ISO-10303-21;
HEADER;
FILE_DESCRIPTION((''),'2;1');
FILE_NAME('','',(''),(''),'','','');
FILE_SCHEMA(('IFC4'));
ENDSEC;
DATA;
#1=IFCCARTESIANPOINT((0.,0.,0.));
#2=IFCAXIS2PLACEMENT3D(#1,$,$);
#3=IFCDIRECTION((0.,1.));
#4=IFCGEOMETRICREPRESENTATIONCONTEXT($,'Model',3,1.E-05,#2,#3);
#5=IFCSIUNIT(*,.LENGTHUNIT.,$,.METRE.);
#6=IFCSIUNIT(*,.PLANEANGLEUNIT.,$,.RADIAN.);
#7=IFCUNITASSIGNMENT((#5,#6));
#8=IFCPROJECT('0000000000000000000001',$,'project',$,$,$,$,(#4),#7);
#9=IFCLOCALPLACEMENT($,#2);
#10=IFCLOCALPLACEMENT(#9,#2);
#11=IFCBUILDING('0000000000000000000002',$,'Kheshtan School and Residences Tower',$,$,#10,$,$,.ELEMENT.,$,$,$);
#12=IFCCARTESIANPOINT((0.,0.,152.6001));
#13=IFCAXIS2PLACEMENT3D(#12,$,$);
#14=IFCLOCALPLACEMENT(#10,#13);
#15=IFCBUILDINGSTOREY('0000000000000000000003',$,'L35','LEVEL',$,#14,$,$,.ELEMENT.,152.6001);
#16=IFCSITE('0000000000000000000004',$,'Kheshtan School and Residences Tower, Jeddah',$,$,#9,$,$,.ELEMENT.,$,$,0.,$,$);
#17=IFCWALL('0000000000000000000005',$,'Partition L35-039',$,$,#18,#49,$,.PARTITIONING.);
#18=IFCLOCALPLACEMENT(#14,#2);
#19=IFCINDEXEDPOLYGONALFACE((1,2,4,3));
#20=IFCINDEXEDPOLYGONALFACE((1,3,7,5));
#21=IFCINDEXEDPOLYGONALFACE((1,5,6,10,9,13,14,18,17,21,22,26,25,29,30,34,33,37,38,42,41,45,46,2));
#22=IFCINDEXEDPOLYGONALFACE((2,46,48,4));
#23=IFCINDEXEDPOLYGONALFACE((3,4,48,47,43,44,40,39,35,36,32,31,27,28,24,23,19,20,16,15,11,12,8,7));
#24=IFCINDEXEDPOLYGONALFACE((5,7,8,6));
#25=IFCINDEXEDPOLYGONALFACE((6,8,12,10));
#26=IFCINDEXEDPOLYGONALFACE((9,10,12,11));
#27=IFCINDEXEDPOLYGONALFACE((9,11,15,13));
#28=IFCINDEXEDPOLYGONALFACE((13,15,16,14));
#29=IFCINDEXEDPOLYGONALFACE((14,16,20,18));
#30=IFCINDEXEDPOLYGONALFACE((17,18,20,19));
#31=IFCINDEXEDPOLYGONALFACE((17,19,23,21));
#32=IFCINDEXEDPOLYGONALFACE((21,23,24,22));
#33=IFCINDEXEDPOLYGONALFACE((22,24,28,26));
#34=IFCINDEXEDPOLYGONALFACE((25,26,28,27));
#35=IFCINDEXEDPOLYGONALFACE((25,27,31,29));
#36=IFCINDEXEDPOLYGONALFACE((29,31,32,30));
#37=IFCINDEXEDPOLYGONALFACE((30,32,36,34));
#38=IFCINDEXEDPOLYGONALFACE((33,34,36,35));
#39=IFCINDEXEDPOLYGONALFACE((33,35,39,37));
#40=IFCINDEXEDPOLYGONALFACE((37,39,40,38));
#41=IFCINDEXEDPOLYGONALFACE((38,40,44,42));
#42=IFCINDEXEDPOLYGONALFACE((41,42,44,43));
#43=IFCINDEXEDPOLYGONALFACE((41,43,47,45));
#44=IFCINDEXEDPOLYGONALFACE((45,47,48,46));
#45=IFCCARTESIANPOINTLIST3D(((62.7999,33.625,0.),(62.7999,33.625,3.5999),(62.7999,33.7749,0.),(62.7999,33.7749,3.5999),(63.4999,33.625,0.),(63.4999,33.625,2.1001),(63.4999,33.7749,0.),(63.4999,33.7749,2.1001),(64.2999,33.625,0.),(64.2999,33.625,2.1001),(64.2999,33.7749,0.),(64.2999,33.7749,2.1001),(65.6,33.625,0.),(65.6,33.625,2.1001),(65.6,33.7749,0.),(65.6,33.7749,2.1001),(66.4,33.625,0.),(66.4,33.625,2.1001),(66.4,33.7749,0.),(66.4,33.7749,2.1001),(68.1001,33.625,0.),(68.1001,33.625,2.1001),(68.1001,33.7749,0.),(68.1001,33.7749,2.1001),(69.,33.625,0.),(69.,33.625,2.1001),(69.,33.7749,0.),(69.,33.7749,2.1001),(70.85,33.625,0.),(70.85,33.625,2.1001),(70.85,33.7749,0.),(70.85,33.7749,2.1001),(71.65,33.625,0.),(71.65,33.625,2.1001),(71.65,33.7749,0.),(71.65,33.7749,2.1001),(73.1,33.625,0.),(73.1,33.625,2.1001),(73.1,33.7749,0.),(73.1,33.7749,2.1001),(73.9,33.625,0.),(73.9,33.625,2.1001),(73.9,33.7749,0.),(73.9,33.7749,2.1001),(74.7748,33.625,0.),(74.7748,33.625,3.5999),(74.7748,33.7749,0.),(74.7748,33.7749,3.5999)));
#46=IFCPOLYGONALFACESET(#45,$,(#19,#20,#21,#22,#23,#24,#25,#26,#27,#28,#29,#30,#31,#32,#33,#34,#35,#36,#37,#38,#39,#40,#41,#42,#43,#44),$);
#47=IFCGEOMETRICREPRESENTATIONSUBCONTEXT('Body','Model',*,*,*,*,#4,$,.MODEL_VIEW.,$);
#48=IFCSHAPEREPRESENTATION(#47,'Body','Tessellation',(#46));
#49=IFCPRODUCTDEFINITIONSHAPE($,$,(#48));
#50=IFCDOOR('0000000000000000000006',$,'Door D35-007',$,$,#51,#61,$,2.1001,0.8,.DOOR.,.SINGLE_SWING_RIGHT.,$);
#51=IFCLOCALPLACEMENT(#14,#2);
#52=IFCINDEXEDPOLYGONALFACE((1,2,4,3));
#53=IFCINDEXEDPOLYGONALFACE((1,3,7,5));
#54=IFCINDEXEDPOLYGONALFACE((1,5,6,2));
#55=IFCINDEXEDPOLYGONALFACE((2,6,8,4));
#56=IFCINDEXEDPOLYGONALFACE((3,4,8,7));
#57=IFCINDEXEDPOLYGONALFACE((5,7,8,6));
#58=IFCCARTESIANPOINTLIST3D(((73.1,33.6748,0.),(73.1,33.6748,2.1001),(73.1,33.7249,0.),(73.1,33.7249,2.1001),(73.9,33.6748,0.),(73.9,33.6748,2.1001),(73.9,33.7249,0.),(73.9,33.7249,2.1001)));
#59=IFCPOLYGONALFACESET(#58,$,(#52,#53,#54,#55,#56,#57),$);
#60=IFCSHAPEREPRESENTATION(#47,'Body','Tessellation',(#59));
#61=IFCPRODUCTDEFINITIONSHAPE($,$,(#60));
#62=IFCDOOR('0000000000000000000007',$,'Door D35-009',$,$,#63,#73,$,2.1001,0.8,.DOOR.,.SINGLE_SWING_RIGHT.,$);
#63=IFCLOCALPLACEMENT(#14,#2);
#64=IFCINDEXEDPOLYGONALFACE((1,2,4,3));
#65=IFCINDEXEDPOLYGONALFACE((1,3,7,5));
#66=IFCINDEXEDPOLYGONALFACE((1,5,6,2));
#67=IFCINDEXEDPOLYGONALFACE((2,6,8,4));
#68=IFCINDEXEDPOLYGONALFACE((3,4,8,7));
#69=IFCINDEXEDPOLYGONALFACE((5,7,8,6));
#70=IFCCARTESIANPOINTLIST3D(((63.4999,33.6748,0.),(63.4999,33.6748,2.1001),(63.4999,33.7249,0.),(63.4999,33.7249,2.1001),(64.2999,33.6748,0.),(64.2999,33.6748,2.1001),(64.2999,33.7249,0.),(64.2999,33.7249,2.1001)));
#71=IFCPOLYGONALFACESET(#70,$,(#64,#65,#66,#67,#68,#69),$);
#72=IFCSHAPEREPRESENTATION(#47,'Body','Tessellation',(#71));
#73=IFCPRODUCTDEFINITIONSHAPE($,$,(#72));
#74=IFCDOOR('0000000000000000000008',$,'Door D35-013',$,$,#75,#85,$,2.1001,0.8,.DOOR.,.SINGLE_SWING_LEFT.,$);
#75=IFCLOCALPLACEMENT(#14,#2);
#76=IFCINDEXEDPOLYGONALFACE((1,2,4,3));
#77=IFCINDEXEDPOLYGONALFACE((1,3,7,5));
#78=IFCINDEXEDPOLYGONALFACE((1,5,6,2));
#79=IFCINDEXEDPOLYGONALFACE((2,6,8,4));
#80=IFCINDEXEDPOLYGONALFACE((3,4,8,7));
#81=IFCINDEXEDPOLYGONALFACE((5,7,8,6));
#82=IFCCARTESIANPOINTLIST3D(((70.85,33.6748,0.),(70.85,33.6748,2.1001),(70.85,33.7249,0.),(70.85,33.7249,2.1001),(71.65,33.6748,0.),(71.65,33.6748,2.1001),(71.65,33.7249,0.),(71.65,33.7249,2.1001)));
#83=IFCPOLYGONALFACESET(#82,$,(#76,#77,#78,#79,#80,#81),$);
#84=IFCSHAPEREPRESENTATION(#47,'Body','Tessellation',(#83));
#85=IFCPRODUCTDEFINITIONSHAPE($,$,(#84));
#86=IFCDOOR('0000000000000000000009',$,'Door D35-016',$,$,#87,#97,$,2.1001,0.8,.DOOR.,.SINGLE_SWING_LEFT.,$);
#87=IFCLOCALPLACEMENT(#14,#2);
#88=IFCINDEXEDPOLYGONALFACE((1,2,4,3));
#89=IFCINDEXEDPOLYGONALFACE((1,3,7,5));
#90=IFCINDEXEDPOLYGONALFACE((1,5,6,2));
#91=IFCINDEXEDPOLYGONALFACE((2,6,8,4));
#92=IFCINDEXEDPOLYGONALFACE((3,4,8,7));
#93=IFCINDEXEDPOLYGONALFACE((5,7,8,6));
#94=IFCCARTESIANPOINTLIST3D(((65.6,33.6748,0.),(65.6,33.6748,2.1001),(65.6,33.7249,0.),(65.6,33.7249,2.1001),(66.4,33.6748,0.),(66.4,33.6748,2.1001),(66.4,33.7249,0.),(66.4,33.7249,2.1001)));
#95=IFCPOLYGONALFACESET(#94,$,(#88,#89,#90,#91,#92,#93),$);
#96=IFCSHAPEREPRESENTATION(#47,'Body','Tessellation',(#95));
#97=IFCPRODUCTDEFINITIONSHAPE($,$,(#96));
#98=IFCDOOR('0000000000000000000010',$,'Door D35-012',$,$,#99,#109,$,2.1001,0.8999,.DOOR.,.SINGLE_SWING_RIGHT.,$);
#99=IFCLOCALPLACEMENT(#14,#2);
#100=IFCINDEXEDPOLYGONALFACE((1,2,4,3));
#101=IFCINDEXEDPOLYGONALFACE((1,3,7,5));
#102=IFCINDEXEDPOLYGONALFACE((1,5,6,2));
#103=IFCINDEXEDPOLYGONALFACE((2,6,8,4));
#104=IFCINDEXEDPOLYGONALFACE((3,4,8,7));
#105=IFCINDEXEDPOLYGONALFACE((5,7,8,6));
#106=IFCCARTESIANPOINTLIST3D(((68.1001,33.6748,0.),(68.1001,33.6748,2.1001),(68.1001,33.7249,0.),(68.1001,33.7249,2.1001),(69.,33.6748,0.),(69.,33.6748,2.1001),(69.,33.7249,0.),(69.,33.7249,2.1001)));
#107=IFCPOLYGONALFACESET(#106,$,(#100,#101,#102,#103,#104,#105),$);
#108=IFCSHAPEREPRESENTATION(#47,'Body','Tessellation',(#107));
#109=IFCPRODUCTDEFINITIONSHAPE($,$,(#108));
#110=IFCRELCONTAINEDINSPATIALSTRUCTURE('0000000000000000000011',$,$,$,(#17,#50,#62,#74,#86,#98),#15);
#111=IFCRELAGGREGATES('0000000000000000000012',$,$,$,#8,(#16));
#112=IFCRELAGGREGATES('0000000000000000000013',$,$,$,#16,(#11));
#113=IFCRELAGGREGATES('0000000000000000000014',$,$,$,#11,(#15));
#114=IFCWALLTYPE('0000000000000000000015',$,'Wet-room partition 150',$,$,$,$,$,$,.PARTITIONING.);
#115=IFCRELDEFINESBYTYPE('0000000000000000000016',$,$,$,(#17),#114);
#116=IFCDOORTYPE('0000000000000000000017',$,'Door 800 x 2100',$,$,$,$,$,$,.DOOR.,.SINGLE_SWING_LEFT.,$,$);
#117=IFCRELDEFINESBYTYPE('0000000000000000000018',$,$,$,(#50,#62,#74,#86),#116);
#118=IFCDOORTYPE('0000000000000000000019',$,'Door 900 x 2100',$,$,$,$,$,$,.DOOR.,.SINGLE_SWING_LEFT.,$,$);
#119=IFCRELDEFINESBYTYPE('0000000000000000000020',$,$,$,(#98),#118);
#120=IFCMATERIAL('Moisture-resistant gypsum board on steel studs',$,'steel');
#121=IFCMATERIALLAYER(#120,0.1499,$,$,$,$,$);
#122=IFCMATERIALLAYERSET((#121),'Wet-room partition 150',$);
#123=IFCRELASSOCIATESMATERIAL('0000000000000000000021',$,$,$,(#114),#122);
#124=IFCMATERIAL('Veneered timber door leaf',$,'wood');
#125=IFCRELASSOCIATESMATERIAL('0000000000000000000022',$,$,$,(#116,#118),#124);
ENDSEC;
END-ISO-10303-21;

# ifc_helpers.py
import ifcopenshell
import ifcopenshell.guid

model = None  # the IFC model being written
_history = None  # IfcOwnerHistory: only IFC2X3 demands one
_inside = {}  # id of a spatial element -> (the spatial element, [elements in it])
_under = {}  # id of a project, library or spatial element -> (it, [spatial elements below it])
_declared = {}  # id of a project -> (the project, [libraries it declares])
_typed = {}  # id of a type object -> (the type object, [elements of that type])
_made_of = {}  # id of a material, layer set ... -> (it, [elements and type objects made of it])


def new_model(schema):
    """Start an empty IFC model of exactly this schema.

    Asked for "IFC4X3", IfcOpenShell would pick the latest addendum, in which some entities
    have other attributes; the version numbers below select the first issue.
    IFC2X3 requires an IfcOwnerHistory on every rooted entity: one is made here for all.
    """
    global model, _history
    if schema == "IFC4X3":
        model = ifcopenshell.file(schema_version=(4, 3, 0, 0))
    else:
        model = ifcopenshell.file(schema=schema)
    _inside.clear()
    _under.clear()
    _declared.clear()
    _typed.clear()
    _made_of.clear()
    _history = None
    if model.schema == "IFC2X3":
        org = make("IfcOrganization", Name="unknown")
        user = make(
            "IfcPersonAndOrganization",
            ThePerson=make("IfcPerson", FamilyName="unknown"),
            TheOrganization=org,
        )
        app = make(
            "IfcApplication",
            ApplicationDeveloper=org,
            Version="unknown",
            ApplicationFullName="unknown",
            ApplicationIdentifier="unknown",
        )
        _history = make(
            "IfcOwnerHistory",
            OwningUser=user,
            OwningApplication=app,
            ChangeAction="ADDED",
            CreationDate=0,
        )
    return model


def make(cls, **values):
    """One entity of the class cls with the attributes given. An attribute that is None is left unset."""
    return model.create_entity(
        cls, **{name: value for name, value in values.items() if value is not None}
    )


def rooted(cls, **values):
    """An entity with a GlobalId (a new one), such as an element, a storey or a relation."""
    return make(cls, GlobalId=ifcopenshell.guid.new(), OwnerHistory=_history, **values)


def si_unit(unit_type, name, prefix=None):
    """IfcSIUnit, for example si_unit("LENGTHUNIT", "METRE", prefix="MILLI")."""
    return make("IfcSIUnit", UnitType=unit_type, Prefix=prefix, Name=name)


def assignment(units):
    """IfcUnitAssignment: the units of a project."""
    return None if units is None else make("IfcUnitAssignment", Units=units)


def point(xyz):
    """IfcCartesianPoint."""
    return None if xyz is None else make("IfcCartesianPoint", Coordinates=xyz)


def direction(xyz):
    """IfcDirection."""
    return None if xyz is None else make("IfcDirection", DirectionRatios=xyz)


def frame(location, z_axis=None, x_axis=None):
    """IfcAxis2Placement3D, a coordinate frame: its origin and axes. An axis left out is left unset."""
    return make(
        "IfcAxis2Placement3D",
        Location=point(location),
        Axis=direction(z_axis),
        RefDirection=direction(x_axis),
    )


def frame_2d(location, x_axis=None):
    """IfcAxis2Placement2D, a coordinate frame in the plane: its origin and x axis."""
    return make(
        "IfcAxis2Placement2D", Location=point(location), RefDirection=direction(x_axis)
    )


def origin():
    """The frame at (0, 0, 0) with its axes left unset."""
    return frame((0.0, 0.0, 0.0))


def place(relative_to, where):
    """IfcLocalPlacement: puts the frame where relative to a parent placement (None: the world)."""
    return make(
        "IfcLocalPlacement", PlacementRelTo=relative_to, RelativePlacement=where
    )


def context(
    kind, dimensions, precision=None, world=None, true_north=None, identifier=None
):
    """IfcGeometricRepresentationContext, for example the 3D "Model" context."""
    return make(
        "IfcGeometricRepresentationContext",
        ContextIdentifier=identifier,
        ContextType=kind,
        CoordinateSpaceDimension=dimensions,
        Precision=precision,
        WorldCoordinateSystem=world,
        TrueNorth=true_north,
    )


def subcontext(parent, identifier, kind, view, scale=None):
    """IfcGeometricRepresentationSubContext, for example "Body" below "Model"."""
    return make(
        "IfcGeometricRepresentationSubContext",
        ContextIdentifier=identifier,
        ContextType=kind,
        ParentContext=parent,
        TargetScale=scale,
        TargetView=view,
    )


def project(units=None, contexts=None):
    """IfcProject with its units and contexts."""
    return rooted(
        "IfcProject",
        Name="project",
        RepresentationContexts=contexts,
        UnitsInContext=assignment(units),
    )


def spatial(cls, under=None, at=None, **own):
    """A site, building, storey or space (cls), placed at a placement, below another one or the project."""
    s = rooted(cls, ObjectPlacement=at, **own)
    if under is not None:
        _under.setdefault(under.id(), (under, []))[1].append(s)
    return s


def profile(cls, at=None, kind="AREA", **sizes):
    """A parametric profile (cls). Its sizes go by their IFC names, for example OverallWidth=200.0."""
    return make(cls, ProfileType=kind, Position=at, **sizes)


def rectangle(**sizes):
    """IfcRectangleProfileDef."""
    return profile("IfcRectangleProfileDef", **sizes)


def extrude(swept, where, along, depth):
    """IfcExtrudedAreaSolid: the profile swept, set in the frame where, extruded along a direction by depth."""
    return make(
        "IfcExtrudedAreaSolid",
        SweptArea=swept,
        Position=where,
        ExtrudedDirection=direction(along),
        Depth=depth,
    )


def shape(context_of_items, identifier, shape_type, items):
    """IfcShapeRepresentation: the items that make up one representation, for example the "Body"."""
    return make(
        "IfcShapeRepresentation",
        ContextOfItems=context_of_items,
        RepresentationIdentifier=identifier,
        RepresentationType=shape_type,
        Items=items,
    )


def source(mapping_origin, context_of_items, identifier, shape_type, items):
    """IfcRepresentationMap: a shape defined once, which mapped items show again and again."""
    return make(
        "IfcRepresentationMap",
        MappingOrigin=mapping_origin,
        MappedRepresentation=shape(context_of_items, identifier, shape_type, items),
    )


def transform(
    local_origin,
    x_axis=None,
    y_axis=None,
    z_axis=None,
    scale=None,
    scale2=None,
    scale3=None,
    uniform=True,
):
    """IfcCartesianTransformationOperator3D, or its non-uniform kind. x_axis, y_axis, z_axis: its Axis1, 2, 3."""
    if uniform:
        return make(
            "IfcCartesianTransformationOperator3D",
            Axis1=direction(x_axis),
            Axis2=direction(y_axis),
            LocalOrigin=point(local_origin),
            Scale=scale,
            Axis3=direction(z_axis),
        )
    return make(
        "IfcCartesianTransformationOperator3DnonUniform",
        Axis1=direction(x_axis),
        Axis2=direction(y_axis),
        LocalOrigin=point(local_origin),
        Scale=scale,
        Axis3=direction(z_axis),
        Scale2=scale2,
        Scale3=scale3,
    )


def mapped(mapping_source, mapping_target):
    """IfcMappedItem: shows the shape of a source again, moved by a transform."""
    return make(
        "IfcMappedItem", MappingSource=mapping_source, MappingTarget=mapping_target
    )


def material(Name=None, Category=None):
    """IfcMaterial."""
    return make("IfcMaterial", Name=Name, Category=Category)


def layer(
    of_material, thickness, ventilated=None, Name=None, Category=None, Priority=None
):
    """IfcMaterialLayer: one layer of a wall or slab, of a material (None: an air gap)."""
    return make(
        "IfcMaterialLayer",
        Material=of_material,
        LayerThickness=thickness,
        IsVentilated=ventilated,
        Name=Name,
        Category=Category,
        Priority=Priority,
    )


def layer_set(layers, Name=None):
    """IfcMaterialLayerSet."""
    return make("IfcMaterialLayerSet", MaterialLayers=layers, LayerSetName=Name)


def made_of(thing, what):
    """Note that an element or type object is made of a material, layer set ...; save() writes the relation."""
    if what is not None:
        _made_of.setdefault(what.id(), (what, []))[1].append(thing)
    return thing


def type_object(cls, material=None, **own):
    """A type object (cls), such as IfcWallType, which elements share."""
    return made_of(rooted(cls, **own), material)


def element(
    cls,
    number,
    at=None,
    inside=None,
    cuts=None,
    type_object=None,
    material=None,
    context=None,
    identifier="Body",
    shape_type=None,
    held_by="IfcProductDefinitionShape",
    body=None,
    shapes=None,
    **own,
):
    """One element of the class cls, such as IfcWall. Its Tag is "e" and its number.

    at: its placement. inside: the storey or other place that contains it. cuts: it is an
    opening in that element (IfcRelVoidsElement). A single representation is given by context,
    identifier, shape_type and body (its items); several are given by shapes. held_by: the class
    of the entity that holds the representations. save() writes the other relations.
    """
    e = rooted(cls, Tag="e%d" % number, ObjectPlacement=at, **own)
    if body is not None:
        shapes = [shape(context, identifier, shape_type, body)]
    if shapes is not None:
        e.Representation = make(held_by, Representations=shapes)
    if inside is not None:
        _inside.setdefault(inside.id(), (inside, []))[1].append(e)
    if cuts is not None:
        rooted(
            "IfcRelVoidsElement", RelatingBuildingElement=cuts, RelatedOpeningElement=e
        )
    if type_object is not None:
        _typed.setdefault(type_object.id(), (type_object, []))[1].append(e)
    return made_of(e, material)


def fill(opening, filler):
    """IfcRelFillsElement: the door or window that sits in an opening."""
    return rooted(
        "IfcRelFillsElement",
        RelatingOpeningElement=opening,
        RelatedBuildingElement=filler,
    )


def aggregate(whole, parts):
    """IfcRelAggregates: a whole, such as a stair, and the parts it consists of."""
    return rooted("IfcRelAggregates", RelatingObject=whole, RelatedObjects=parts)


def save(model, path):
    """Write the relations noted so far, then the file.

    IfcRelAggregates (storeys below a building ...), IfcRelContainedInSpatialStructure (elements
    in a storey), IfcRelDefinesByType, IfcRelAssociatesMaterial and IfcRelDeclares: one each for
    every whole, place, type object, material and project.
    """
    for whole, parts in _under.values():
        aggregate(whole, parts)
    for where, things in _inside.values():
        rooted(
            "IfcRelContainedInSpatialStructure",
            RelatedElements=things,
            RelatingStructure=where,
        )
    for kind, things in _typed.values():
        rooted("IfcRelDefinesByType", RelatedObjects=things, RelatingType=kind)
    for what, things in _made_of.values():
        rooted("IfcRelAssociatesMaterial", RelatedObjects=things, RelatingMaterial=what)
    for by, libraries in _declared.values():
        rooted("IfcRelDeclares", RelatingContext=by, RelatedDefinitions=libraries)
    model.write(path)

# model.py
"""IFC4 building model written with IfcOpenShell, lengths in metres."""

from ifc_helpers import new_model, si_unit, direction, frame, frame_2d, origin, place, context, subcontext, project, spatial, rectangle, extrude, source, transform, mapped, material, layer, layer_set, type_object, element, fill, save


model = new_model("IFC4")

# Units and contexts
model_context = context("Model", 3, precision=1e-05, world=origin(), true_north=direction((0.0, 1.0)))
body_context = subcontext(model_context, "Body", "Model", "MODEL_VIEW")
ifc_project = project(units=[si_unit("LENGTHUNIT", "METRE"), si_unit("PLANEANGLEUNIT", "RADIAN")], contexts=[model_context])

# Site, building, storey
site_placement = place(None, origin())
site = spatial("IfcSite", under=ifc_project, at=site_placement, Name="Kheshtan School and Residences Tower, Jeddah", CompositionType="ELEMENT", RefElevation=0.0)
building_placement = place(site_placement, origin())
building = spatial("IfcBuilding", under=site, at=building_placement, Name="Kheshtan School and Residences Tower", CompositionType="ELEMENT")
storey_placement = place(building_placement, frame((0.0, 0.0, 152.6001)))
storey = spatial("IfcBuildingStorey", under=building, at=storey_placement, Name="L35", Description="LEVEL", CompositionType="ELEMENT", Elevation=152.6001)

# Shared definitions
ifc_material_1 = material(Name="Moisture-resistant gypsum board on steel studs", Category="steel")
ifc_layer_1 = layer(ifc_material_1, 0.1499)
ifc_layer_set_1 = layer_set([ifc_layer_1], Name="Wet-room partition 150")
wall_type_1 = type_object("IfcWallType", Name="Wet-room partition 150", PredefinedType="PARTITIONING", material=ifc_layer_set_1)
ifc_material_2 = material(Name="Veneered timber door leaf", Category="wood")
door_type_1 = type_object("IfcDoorType", Name="Door 800 x 2100", OperationType="SINGLE_SWING_LEFT", PredefinedType="DOOR", material=ifc_material_2)
shared_shape_1 = source(origin(), body_context, "Body", "SweptSolid", [
    extrude(rectangle(XDim=0.8, YDim=2.1001, at=frame_2d((0.3999, 1.05))), frame((0.0, 0.0249, 0.0), z_axis=(0.0, -1.0, 0.0), x_axis=(1.0, 0.0, 0.0)), (0.0, 0.0, 1.0), 0.05),
])
door_type_2 = type_object("IfcDoorType", Name="Door 900 x 2100", OperationType="SINGLE_SWING_LEFT", PredefinedType="DOOR", material=ifc_material_2)
shared_shape_2 = source(origin(), body_context, "Body", "SweptSolid", [
    extrude(rectangle(XDim=0.8999, YDim=2.1001, at=frame_2d((0.45, 1.05))), frame((0.0, 0.0249, 0.0), z_axis=(0.0, -1.0, 0.0), x_axis=(1.0, 0.0, 0.0)), (0.0, 0.0, 1.0), 0.05),
])

# Wall, openings, doors
wall_1_placement = place(storey_placement, frame((62.8, 33.7, 0.0), z_axis=(0.0, 0.0, 1.0), x_axis=(1.0, 0.0, 0.0)))
wall_1 = element("IfcWall", 1, at=wall_1_placement, inside=storey, type_object=wall_type_1, Name="Partition L35-039", PredefinedType="PARTITIONING", context=body_context, shape_type="SweptSolid", body=[
    extrude(rectangle(XDim=11.9749, YDim=0.1499, at=frame_2d((5.9873, 0.0))), origin(), (0.0, 0.0, 1.0), 3.5999),
])
opening_1_placement = place(wall_1_placement, frame((10.3, 0.0, 0.0)))
opening_1 = element("IfcOpeningElement", 2, at=opening_1_placement, cuts=wall_1, PredefinedType="OPENING", context=body_context, shape_type="SweptSolid", body=[
    extrude(rectangle(XDim=0.8, YDim=2.1001, at=frame_2d((0.3999, 1.05))), frame((0.0, 0.085, 0.0), z_axis=(0.0, -1.0, 0.0), x_axis=(1.0, 0.0, 0.0)), (0.0, 0.0, 1.0), 0.1699),
])
opening_2_placement = place(wall_1_placement, frame((0.7, 0.0, 0.0)))
opening_2 = element("IfcOpeningElement", 3, at=opening_2_placement, cuts=wall_1, PredefinedType="OPENING", context=body_context, shape_type="SweptSolid", body=[
    extrude(rectangle(XDim=0.8, YDim=2.1001, at=frame_2d((0.3999, 1.05))), frame((0.0, 0.085, 0.0), z_axis=(0.0, -1.0, 0.0), x_axis=(1.0, 0.0, 0.0)), (0.0, 0.0, 1.0), 0.1699),
])
opening_3_placement = place(wall_1_placement, frame((5.3, 0.0, 0.0)))
opening_3 = element("IfcOpeningElement", 4, at=opening_3_placement, cuts=wall_1, PredefinedType="OPENING", context=body_context, shape_type="SweptSolid", body=[
    extrude(rectangle(XDim=0.8999, YDim=2.1001, at=frame_2d((0.45, 1.05))), frame((0.0, 0.085, 0.0), z_axis=(0.0, -1.0, 0.0), x_axis=(1.0, 0.0, 0.0)), (0.0, 0.0, 1.0), 0.1699),
])
opening_4_placement = place(wall_1_placement, frame((8.05, 0.0, 0.0)))
opening_4 = element("IfcOpeningElement", 5, at=opening_4_placement, cuts=wall_1, PredefinedType="OPENING", context=body_context, shape_type="SweptSolid", body=[
    extrude(rectangle(XDim=0.8, YDim=2.1001, at=frame_2d((0.3999, 1.05))), frame((0.0, 0.085, 0.0), z_axis=(0.0, -1.0, 0.0), x_axis=(1.0, 0.0, 0.0)), (0.0, 0.0, 1.0), 0.1699),
])
opening_5_placement = place(wall_1_placement, frame((2.8, 0.0, 0.0)))
opening_5 = element("IfcOpeningElement", 6, at=opening_5_placement, cuts=wall_1, PredefinedType="OPENING", context=body_context, shape_type="SweptSolid", body=[
    extrude(rectangle(XDim=0.8, YDim=2.1001, at=frame_2d((0.3999, 1.05))), frame((0.0, 0.085, 0.0), z_axis=(0.0, -1.0, 0.0), x_axis=(1.0, 0.0, 0.0)), (0.0, 0.0, 1.0), 0.1699),
])
door_1_placement = place(opening_1_placement, origin())
door_1 = element("IfcDoor", 7, at=door_1_placement, inside=storey, type_object=door_type_1, Name="Door D35-007", OperationType="SINGLE_SWING_RIGHT", OverallHeight=2.1001, OverallWidth=0.8, PredefinedType="DOOR", context=body_context, shape_type="MappedRepresentation", body=[
    mapped(shared_shape_1, transform((0.0, 0.0, 0.0), x_axis=(1.0, 0.0, 0.0), y_axis=(0.0, 1.0, 0.0), z_axis=(0.0, 0.0, 1.0), scale=1.0)),
])
fill(opening_1, door_1)
door_2_placement = place(opening_2_placement, origin())
door_2 = element("IfcDoor", 8, at=door_2_placement, inside=storey, type_object=door_type_1, Name="Door D35-009", OperationType="SINGLE_SWING_RIGHT", OverallHeight=2.1001, OverallWidth=0.8, PredefinedType="DOOR", context=body_context, shape_type="MappedRepresentation", body=[
    mapped(shared_shape_1, transform((0.0, 0.0, 0.0), x_axis=(1.0, 0.0, 0.0), y_axis=(0.0, 1.0, 0.0), z_axis=(0.0, 0.0, 1.0), scale=1.0)),
])
fill(opening_2, door_2)
door_3_placement = place(opening_4_placement, origin())
door_3 = element("IfcDoor", 9, at=door_3_placement, inside=storey, type_object=door_type_1, Name="Door D35-013", OperationType="SINGLE_SWING_LEFT", OverallHeight=2.1001, OverallWidth=0.8, PredefinedType="DOOR", context=body_context, shape_type="MappedRepresentation", body=[
    mapped(shared_shape_1, transform((0.0, 0.0, 0.0), x_axis=(1.0, 0.0, 0.0), y_axis=(0.0, 1.0, 0.0), z_axis=(0.0, 0.0, 1.0), scale=1.0)),
])
fill(opening_4, door_3)
door_4_placement = place(opening_5_placement, origin())
door_4 = element("IfcDoor", 10, at=door_4_placement, inside=storey, type_object=door_type_1, Name="Door D35-016", OperationType="SINGLE_SWING_LEFT", OverallHeight=2.1001, OverallWidth=0.8, PredefinedType="DOOR", context=body_context, shape_type="MappedRepresentation", body=[
    mapped(shared_shape_1, transform((0.0, 0.0, 0.0), x_axis=(1.0, 0.0, 0.0), y_axis=(0.0, 1.0, 0.0), z_axis=(0.0, 0.0, 1.0), scale=1.0)),
])
fill(opening_5, door_4)
door_5_placement = place(opening_3_placement, origin())
door_5 = element("IfcDoor", 11, at=door_5_placement, inside=storey, type_object=door_type_2, Name="Door D35-012", OperationType="SINGLE_SWING_RIGHT", OverallHeight=2.1001, OverallWidth=0.8999, PredefinedType="DOOR", context=body_context, shape_type="MappedRepresentation", body=[
    mapped(shared_shape_2, transform((0.0, 0.0, 0.0), x_axis=(1.0, 0.0, 0.0), y_axis=(0.0, 1.0, 0.0), z_axis=(0.0, 0.0, 1.0), scale=1.0)),
])
fill(opening_3, door_5)

save(model, "model.ifc")
